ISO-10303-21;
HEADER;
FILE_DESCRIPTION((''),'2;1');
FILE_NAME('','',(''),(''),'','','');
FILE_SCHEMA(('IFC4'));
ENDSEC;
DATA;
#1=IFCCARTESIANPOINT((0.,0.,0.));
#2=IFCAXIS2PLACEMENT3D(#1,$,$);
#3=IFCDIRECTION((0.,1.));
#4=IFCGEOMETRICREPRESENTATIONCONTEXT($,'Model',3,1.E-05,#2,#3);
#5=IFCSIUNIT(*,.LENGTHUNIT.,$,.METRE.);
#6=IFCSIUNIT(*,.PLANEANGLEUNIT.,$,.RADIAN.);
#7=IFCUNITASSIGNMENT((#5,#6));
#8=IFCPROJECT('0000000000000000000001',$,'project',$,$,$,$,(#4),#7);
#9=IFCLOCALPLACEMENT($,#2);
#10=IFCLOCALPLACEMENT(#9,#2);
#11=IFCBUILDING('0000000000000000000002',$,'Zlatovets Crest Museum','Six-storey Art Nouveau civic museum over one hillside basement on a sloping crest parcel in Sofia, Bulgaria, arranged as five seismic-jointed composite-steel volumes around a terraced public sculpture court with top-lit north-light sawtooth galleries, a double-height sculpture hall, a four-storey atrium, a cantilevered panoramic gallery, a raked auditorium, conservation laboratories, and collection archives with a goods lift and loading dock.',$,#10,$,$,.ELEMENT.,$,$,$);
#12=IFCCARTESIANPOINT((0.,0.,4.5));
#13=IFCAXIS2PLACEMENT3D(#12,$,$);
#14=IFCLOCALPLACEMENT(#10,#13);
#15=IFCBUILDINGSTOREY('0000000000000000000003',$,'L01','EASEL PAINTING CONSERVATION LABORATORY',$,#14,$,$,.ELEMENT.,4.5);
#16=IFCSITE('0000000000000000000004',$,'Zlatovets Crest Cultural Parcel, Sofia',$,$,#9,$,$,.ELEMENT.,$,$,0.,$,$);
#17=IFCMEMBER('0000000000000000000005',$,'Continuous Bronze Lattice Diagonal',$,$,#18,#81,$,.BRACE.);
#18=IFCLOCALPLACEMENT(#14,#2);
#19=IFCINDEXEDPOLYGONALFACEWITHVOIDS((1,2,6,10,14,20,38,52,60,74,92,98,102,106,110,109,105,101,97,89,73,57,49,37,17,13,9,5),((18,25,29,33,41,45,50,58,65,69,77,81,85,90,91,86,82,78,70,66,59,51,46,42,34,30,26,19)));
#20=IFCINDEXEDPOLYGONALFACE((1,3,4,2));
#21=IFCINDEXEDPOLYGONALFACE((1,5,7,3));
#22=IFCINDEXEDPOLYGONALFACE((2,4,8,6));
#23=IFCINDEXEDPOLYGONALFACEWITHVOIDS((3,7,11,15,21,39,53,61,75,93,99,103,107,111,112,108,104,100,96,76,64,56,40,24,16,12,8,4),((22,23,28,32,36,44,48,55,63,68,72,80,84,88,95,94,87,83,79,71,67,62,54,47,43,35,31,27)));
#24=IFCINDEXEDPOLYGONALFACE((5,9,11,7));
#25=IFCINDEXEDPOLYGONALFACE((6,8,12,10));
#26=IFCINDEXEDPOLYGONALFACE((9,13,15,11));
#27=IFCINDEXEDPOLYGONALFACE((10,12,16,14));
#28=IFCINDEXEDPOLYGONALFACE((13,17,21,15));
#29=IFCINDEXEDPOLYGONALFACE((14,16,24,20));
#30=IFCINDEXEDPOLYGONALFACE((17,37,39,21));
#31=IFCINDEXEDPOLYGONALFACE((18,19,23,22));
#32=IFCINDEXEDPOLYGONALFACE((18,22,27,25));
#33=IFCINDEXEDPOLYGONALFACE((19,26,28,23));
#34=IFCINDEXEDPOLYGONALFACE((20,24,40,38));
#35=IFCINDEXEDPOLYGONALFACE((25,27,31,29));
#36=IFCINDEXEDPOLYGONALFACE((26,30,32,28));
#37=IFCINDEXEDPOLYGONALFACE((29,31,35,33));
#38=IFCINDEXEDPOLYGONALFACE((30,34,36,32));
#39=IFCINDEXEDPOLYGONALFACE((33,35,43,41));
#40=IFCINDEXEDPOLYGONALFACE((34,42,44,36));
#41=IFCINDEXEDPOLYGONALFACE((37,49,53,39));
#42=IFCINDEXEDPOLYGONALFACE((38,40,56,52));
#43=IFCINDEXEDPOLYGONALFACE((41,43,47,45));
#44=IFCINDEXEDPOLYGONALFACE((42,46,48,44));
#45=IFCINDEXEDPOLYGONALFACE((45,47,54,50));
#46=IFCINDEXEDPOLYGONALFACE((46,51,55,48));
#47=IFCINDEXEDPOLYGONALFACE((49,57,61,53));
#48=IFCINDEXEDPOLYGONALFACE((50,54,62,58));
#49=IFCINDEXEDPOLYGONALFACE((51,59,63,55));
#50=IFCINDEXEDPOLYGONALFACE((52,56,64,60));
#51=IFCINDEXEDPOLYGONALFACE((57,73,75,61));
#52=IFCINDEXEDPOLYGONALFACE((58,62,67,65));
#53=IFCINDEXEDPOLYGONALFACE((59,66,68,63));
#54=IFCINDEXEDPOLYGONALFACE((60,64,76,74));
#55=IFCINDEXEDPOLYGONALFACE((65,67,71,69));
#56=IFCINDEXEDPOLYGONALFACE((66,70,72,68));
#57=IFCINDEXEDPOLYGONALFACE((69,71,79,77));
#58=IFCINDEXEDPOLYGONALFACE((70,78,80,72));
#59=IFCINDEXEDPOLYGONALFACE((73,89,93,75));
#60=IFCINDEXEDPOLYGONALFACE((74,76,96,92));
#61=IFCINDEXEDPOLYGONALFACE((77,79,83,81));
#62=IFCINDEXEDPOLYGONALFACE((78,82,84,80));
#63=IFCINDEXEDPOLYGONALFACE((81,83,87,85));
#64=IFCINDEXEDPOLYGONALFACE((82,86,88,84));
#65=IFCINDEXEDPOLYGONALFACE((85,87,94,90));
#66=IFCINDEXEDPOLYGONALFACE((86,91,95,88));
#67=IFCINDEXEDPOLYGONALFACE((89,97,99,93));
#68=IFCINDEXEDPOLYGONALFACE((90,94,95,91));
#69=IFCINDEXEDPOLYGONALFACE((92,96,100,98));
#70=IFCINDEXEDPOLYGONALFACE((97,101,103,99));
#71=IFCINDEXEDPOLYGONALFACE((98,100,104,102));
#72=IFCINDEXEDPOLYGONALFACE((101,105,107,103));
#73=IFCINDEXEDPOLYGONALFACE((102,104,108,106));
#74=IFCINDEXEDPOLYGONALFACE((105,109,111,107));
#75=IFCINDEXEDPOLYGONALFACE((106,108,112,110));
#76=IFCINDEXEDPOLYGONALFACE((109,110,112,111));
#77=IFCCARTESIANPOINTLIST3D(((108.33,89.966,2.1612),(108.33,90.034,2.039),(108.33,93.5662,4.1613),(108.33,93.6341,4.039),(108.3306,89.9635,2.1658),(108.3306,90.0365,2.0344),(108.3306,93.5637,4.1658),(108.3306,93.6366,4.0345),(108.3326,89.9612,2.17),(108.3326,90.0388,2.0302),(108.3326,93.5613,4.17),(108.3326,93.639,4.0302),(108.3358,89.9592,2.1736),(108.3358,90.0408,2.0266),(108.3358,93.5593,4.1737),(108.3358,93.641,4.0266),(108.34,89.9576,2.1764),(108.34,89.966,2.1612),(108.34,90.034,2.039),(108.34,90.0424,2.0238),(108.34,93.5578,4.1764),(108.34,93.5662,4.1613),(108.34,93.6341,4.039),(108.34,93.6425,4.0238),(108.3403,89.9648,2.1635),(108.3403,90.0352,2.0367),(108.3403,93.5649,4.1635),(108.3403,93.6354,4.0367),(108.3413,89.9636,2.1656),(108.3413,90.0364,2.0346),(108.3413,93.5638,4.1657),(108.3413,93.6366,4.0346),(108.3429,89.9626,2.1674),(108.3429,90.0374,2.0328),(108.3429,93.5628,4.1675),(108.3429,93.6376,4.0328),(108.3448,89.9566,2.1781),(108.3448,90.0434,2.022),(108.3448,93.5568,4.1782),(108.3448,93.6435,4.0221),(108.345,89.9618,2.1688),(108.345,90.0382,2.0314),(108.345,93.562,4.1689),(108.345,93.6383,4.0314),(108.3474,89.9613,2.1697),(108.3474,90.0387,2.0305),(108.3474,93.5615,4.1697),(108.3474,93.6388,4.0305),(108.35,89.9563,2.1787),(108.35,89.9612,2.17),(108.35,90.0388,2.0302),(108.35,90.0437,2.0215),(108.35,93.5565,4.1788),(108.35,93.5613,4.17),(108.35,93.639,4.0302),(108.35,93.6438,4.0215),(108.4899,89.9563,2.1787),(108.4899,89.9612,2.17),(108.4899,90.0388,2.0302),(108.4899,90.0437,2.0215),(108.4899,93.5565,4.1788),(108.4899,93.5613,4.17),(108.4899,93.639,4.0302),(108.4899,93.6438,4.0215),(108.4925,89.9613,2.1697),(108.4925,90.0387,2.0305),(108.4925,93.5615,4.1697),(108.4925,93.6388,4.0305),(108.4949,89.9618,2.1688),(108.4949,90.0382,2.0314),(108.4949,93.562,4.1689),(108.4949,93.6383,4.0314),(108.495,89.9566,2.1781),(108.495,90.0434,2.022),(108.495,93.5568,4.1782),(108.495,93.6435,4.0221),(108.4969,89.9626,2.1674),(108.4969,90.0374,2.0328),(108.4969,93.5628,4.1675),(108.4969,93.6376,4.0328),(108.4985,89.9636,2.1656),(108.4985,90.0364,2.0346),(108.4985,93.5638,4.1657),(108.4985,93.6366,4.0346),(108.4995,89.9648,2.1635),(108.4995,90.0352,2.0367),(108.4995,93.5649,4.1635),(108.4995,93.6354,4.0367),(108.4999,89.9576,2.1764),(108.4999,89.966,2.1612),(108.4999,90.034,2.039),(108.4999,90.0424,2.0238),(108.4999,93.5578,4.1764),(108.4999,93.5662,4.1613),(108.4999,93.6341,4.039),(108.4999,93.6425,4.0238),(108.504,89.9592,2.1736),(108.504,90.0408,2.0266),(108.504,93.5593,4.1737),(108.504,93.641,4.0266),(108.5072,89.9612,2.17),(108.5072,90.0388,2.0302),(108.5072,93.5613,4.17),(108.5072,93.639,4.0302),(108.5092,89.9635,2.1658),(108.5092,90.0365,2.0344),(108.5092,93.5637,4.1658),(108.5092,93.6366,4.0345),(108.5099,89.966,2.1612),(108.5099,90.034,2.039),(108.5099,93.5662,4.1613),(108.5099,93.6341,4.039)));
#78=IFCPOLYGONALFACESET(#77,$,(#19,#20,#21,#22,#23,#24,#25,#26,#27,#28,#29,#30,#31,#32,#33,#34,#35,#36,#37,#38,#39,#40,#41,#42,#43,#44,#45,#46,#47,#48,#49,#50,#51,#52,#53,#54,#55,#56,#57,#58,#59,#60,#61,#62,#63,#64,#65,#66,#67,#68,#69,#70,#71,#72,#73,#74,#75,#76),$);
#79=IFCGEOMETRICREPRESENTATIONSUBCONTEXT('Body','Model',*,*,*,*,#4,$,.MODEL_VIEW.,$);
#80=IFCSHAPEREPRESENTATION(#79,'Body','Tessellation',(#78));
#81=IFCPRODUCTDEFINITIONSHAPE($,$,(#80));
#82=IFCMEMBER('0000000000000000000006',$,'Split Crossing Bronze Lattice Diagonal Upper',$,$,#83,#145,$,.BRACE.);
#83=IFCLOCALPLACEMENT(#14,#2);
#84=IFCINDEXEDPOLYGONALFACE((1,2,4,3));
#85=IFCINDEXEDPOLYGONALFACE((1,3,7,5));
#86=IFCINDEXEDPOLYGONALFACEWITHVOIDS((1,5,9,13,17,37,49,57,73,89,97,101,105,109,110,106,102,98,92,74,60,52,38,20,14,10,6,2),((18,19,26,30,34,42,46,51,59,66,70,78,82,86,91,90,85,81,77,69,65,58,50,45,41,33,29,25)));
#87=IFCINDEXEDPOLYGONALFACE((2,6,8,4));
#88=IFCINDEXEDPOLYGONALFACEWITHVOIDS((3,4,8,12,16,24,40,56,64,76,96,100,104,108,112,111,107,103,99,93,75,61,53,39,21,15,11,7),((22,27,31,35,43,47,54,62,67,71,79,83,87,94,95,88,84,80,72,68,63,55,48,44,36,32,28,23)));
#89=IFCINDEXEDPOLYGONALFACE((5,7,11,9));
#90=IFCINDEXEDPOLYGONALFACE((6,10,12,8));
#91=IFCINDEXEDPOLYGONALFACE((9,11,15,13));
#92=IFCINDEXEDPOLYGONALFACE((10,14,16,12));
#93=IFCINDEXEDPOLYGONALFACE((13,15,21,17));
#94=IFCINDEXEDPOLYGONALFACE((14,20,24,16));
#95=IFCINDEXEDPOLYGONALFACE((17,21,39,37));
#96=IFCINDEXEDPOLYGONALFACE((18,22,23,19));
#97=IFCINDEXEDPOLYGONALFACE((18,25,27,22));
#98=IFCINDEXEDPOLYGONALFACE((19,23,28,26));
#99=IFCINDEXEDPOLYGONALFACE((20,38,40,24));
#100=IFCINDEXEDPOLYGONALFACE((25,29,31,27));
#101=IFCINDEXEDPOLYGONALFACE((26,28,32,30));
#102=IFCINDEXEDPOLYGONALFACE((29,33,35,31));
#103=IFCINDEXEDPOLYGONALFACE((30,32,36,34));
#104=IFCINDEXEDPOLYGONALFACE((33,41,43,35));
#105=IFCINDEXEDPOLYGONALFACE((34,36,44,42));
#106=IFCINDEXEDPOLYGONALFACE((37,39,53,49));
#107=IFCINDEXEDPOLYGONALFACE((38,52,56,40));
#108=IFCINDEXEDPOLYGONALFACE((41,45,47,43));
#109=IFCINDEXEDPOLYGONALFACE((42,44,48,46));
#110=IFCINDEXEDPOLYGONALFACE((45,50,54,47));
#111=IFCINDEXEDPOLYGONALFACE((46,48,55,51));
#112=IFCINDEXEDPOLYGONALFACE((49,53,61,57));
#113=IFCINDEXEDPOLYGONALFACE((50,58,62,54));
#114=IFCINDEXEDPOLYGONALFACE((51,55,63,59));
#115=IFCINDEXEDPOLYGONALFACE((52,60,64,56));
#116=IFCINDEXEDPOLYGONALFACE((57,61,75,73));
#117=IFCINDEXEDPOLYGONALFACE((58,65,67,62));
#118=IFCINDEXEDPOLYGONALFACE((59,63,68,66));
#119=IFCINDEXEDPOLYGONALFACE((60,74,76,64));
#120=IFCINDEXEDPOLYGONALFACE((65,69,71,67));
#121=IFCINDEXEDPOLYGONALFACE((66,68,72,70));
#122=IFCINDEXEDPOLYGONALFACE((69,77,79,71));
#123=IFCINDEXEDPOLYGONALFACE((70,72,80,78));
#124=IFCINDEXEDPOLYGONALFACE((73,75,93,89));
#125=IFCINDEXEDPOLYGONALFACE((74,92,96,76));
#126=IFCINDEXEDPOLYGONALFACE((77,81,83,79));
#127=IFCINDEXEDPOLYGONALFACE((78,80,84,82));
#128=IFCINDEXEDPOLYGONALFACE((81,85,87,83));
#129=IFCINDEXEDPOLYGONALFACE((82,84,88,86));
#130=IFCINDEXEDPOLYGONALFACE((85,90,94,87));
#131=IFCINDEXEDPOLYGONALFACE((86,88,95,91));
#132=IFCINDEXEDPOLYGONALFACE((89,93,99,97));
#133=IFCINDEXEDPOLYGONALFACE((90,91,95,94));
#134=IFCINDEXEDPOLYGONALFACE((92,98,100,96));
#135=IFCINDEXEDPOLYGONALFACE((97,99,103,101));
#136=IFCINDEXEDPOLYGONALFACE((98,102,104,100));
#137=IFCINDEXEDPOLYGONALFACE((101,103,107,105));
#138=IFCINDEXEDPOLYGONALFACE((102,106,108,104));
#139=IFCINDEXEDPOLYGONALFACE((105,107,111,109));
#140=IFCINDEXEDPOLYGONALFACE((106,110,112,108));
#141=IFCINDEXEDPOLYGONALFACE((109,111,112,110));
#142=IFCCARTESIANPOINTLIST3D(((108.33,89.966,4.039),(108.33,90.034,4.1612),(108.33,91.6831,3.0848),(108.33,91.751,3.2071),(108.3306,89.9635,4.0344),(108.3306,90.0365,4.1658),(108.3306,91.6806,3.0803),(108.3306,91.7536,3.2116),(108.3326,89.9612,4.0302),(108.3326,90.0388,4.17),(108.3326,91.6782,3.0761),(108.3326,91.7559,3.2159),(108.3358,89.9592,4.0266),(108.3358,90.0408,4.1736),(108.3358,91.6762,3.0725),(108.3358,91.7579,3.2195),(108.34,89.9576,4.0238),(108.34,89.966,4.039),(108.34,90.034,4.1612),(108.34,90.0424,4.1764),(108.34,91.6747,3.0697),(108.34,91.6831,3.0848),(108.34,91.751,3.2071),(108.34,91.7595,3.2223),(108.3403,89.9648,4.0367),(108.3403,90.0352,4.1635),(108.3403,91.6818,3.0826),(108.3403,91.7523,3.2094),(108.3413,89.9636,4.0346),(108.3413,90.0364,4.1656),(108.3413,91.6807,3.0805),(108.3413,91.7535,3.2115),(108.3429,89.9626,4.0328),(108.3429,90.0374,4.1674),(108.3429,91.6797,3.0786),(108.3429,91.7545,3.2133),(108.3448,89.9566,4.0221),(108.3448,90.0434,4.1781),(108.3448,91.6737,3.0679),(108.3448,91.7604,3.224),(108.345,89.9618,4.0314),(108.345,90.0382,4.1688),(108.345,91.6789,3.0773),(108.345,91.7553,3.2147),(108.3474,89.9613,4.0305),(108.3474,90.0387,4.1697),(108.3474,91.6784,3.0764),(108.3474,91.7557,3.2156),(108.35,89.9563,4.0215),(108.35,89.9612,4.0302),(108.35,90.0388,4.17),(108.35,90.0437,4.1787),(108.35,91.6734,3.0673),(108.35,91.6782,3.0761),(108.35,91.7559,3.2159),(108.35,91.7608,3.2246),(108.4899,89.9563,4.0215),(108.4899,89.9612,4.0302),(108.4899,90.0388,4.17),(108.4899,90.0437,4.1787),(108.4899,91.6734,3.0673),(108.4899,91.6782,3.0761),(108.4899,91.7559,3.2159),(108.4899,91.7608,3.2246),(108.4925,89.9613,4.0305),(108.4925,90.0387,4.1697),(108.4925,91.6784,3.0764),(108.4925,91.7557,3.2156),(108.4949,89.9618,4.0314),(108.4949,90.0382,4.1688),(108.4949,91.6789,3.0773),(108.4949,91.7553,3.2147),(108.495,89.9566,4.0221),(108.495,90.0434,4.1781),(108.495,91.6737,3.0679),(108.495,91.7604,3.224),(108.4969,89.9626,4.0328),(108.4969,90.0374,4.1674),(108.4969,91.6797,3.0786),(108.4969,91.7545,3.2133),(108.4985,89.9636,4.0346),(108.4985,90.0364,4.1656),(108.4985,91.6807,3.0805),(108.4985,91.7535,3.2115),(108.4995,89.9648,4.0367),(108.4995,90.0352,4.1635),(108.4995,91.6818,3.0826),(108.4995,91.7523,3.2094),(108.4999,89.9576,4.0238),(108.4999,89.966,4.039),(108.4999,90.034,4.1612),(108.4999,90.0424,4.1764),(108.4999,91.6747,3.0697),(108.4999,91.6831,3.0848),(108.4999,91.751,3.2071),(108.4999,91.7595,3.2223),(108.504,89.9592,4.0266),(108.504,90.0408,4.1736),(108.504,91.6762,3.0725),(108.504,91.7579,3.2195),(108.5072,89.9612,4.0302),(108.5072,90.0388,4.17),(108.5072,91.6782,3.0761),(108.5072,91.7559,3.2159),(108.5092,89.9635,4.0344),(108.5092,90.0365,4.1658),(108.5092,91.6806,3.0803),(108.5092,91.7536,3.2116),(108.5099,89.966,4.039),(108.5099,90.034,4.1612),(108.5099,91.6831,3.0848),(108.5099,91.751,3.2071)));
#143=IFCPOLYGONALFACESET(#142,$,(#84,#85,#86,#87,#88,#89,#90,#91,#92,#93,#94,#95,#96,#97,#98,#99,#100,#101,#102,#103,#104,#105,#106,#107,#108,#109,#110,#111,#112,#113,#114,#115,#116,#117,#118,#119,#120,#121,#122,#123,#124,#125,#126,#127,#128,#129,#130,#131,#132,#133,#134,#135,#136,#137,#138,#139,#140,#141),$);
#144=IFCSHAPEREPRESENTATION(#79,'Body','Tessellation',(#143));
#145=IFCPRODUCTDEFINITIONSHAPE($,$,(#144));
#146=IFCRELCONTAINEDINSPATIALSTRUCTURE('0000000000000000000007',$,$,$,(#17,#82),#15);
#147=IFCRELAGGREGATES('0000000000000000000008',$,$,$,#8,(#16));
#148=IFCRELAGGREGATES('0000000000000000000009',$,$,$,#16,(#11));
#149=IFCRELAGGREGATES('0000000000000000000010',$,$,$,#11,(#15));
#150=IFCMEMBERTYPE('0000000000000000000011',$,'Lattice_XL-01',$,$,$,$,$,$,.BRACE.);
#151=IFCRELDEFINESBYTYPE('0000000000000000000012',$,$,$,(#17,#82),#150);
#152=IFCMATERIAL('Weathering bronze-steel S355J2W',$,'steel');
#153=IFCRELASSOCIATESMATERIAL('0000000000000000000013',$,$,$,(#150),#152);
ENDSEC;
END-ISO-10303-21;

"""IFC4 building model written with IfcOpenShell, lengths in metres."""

from ifc_helpers import new_model, si_unit, direction, frame, origin, origin_2d, place, context, subcontext, project, spatial, hollow_rectangle, extrude, material, material_profile, profile_set, type_object, element, save


model = new_model("IFC4")

# Units and contexts
model_context = context("Model", 3, precision=1e-05, world=origin(), true_north=direction((0.0, 1.0)))
body_context = subcontext(model_context, "Body", "Model", "MODEL_VIEW")
ifc_project = project(units=[si_unit("LENGTHUNIT", "METRE"), si_unit("PLANEANGLEUNIT", "RADIAN")], contexts=[model_context])

# Site, building, storey
site_placement = place(None, origin())
site = spatial("IfcSite", under=ifc_project, at=site_placement, Name="Zlatovets Crest Cultural Parcel, Sofia", CompositionType="ELEMENT", RefElevation=0.0)
building_placement = place(site_placement, origin())
building = spatial("IfcBuilding", under=site, at=building_placement, Name="Zlatovets Crest Museum", Description="Six-storey Art Nouveau civic museum over one hillside basement on a sloping crest parcel in Sofia, Bulgaria, arranged as five seismic-jointed composite-steel volumes around a terraced public sculpture court with top-lit north-light sawtooth galleries, a double-height sculpture hall, a four-storey atrium, a cantilevered panoramic gallery, a raked auditorium, conservation laboratories, and collection archives with a goods lift and loading dock.", CompositionType="ELEMENT")
storey_placement = place(building_placement, frame((0.0, 0.0, 4.5)))
storey = spatial("IfcBuildingStorey", under=building, at=storey_placement, Name="L01", Description="EASEL PAINTING CONSERVATION LABORATORY", CompositionType="ELEMENT", Elevation=4.5)

# Members
ifc_material_1 = material(Name="Weathering bronze-steel S355J2W", Category="steel")
ifc_material_profile_1 = material_profile(ifc_material_1, hollow_rectangle(XDim=0.1799, YDim=0.1799, WallThickness=0.01, InnerFilletRadius=0.01, OuterFilletRadius=0.02, at=origin_2d()), Name="SHS 180x180x10.0")
ifc_profile_set_1 = profile_set([ifc_material_profile_1], Name="Weathering bronze-steel S355J2W")
member_type_1 = type_object("IfcMemberType", Name="Lattice_XL-01", PredefinedType="BRACE", material=ifc_profile_set_1)
member_1_placement = place(storey_placement, frame((108.4199, 90.0, 2.1001), z_axis=(0.0, 0.874163, 0.485633), x_axis=(-1.0, 0.0, 0.0)))
element("IfcMember", 1, at=member_1_placement, inside=storey, type_object=member_type_1, Name="Continuous Bronze Lattice Diagonal", PredefinedType="BRACE", context=body_context, shape_type="SweptSolid", body=[
    extrude(hollow_rectangle(XDim=0.1799, YDim=0.1799, WallThickness=0.01, InnerFilletRadius=0.01, OuterFilletRadius=0.02, at=origin_2d()), origin(), (0.0, 0.0, 1.0), 4.1184),
])
member_2_placement = place(storey_placement, frame((108.4199, 90.0, 4.1001), z_axis=(0.0, 0.874116, -0.485717), x_axis=(-1.0, 0.0, 0.0)))
element("IfcMember", 2, at=member_2_placement, inside=storey, type_object=member_type_1, Name="Split Crossing Bronze Lattice Diagonal Upper", PredefinedType="BRACE", context=body_context, shape_type="SweptSolid", body=[
    extrude(hollow_rectangle(XDim=0.1799, YDim=0.1799, WallThickness=0.01, InnerFilletRadius=0.01, OuterFilletRadius=0.02, at=origin_2d()), origin(), (0.0, 0.0, 1.0), 1.9644),
])

save(model, "model.ifc")
